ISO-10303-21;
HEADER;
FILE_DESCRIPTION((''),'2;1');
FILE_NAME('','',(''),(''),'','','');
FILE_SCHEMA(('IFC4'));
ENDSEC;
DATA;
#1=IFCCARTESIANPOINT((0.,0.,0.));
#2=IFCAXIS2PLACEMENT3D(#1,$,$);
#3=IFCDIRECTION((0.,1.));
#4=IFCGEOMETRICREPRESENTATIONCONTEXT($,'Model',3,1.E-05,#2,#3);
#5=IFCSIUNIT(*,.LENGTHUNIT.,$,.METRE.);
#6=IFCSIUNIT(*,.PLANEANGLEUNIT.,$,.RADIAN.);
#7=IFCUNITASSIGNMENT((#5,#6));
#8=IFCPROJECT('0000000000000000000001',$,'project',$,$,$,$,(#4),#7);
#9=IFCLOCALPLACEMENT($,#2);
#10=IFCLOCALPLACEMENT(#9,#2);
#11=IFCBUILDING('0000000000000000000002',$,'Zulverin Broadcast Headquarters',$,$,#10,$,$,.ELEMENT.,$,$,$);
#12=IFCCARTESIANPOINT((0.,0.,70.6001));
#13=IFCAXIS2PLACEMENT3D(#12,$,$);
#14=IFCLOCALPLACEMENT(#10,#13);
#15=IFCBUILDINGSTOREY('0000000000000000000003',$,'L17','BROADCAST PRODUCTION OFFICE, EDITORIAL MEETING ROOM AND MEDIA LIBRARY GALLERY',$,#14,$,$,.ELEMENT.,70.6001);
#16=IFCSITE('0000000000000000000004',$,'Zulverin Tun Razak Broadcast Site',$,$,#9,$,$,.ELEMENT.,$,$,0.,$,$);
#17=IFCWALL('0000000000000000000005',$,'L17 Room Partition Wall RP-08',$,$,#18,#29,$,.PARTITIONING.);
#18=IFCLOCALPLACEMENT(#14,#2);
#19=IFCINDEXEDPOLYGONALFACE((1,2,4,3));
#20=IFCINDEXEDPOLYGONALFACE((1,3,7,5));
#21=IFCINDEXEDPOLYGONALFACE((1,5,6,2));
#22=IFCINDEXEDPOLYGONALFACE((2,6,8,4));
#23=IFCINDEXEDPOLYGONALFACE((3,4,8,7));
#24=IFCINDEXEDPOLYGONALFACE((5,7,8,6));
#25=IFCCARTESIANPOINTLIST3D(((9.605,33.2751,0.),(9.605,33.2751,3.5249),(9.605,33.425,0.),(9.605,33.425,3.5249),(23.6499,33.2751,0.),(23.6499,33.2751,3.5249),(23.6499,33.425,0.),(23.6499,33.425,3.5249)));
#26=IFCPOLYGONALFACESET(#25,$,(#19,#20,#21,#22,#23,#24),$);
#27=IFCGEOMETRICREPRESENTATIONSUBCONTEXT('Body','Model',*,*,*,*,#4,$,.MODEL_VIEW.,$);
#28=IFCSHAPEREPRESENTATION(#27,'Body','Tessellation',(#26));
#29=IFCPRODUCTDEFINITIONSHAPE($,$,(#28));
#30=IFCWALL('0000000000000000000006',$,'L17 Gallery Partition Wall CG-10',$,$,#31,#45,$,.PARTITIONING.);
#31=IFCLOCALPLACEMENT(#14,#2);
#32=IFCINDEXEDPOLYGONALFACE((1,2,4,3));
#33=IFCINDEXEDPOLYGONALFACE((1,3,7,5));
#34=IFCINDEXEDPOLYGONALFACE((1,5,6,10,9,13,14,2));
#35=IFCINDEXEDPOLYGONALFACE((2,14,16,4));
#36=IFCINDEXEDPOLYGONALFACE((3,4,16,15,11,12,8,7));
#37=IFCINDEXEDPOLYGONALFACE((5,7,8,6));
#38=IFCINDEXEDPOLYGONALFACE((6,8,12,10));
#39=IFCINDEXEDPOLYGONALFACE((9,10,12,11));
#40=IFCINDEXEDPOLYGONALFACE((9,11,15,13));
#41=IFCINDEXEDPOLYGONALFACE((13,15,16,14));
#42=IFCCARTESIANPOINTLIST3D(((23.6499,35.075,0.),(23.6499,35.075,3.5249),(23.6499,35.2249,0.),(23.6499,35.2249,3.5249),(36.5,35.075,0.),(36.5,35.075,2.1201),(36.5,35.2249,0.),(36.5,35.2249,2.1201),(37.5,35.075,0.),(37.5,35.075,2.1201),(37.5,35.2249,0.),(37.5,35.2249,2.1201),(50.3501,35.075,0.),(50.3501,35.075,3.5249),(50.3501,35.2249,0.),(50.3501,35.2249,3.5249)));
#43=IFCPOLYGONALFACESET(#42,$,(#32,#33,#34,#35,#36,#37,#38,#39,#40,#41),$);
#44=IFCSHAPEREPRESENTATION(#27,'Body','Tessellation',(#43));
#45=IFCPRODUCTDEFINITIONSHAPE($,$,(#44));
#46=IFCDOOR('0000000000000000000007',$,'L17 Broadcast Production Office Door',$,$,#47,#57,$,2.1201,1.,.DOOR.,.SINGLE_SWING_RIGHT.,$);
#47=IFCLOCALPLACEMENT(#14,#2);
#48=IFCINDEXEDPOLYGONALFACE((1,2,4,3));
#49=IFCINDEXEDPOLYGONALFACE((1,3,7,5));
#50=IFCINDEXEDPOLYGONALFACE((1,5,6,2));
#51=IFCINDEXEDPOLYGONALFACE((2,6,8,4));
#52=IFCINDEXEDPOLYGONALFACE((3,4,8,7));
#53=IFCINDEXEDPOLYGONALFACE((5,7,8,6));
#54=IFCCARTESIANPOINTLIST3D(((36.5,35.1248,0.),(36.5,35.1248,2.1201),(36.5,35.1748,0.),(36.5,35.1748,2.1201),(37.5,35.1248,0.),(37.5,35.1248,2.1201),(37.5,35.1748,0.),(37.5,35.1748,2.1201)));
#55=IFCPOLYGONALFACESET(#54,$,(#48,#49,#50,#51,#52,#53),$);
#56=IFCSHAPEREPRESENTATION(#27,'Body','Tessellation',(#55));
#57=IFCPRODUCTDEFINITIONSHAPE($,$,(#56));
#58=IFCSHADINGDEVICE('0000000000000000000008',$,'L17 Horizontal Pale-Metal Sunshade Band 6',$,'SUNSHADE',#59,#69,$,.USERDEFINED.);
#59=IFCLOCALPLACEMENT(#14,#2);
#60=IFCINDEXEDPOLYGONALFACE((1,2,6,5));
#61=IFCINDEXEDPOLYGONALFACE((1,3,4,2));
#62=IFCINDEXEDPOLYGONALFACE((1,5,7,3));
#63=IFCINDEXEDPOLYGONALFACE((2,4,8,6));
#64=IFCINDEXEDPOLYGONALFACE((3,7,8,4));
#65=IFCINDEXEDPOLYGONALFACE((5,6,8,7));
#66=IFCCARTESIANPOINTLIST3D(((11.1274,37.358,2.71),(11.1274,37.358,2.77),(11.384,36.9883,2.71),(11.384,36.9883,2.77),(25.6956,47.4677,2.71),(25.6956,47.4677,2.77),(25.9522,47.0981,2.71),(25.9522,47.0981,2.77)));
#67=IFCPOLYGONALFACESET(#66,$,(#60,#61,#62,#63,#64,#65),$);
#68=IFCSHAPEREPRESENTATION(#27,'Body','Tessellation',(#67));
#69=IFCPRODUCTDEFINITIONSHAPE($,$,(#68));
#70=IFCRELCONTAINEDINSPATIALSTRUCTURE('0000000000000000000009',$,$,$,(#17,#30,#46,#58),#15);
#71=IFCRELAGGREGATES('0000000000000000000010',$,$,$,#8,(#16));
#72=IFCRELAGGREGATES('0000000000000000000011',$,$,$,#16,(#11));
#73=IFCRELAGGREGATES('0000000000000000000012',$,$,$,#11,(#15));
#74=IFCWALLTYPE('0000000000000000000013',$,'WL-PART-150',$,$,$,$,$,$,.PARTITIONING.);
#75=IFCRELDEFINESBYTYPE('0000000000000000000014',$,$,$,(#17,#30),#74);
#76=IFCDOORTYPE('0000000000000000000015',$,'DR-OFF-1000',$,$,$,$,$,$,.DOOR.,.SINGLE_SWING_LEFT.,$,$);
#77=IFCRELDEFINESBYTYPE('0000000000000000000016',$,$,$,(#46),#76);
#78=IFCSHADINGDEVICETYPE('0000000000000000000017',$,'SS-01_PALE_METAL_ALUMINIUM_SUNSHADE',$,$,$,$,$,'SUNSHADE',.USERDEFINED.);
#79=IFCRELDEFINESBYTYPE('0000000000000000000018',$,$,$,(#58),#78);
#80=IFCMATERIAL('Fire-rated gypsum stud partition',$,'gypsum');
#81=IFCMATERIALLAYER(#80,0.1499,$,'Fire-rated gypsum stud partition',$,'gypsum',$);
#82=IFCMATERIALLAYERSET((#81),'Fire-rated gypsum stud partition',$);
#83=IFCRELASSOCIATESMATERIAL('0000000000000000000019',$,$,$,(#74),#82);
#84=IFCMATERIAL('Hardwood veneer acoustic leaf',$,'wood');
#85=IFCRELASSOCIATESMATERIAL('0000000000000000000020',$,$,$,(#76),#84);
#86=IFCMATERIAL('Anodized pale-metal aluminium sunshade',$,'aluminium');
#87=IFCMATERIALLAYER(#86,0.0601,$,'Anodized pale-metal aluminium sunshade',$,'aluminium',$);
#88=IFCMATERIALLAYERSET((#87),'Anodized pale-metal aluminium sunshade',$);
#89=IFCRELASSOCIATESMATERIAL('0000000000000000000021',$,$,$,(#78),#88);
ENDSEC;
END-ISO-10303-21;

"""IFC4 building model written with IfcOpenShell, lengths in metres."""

from ifc_helpers import new_model, si_unit, direction, frame, frame_2d, origin, origin_2d, place, context, subcontext, project, spatial, rectangle, extrude, material, layer, layer_set, type_object, element, fill, save


model = new_model("IFC4")

# Units and contexts
model_context = context("Model", 3, precision=1e-05, world=origin(), true_north=direction((0.0, 1.0)))
body_context = subcontext(model_context, "Body", "Model", "MODEL_VIEW")
ifc_project = project(units=[si_unit("LENGTHUNIT", "METRE"), si_unit("PLANEANGLEUNIT", "RADIAN")], contexts=[model_context])

# Site, building, storey
site_placement = place(None, origin())
site = spatial("IfcSite", under=ifc_project, at=site_placement, Name="Zulverin Tun Razak Broadcast Site", CompositionType="ELEMENT", RefElevation=0.0)
building_placement = place(site_placement, origin())
building = spatial("IfcBuilding", under=site, at=building_placement, Name="Zulverin Broadcast Headquarters", CompositionType="ELEMENT")
storey_placement = place(building_placement, frame((0.0, 0.0, 70.6001)))
storey = spatial("IfcBuildingStorey", under=building, at=storey_placement, Name="L17", Description="BROADCAST PRODUCTION OFFICE, EDITORIAL MEETING ROOM AND MEDIA LIBRARY GALLERY", CompositionType="ELEMENT", Elevation=70.6001)

# Wall
ifc_material_1 = material(Name="Fire-rated gypsum stud partition", Category="gypsum")
ifc_layer_1 = layer(ifc_material_1, 0.1499, Name="Fire-rated gypsum stud partition", Category="gypsum")
ifc_layer_set_1 = layer_set([ifc_layer_1], Name="Fire-rated gypsum stud partition")
wall_type_1 = type_object("IfcWallType", Name="WL-PART-150", PredefinedType="PARTITIONING", material=ifc_layer_set_1)
wall_1_placement = place(storey_placement, frame((9.605, 33.3501, 0.0), z_axis=(0.0, 0.0, 1.0), x_axis=(1.0, 0.0, 0.0)))
element("IfcWall", 1, at=wall_1_placement, inside=storey, type_object=wall_type_1, Name="L17 Room Partition Wall RP-08", PredefinedType="PARTITIONING", context=body_context, shape_type="SweptSolid", body=[
    extrude(rectangle(XDim=14.0449, YDim=0.1499, at=frame_2d((7.0225, 0.0))), origin(), (0.0, 0.0, 1.0), 3.5249),
])

# Wall, opening, door
wall_2_placement = place(storey_placement, frame((23.6499, 35.1499, 0.0), z_axis=(0.0, 0.0, 1.0), x_axis=(1.0, 0.0, 0.0)))
wall_2 = element("IfcWall", 2, at=wall_2_placement, inside=storey, type_object=wall_type_1, Name="L17 Gallery Partition Wall CG-10", PredefinedType="PARTITIONING", context=body_context, shape_type="SweptSolid", body=[
    extrude(rectangle(XDim=26.7002, YDim=0.1499, at=frame_2d((13.3501, 0.0))), origin(), (0.0, 0.0, 1.0), 3.5249),
])
opening_1_placement = place(wall_2_placement, frame((12.8501, 0.0, 0.0)))
opening_1 = element("IfcOpeningElement", 3, at=opening_1_placement, cuts=wall_2, PredefinedType="OPENING", context=body_context, shape_type="SweptSolid", body=[
    extrude(rectangle(XDim=1.0, YDim=2.1201, at=frame_2d((0.5, 1.0601))), frame((0.0, 0.085, 0.0), z_axis=(0.0, -1.0, 0.0), x_axis=(1.0, 0.0, 0.0)), (0.0, 0.0, 1.0), 0.1699),
])
ifc_material_2 = material(Name="Hardwood veneer acoustic leaf", Category="wood")
door_type_1 = type_object("IfcDoorType", Name="DR-OFF-1000", OperationType="SINGLE_SWING_LEFT", PredefinedType="DOOR", material=ifc_material_2)
door_1_placement = place(opening_1_placement, origin())
door_1 = element("IfcDoor", 4, at=door_1_placement, inside=storey, type_object=door_type_1, Name="L17 Broadcast Production Office Door", OperationType="SINGLE_SWING_RIGHT", OverallHeight=2.1201, OverallWidth=1.0, PredefinedType="DOOR", context=body_context, shape_type="SweptSolid", body=[
    extrude(rectangle(XDim=1.0, YDim=2.1201, at=frame_2d((0.5, 1.0601))), frame((0.0, 0.0249, 0.0), z_axis=(0.0, -1.0, 0.0), x_axis=(1.0, 0.0, 0.0)), (0.0, 0.0, 1.0), 0.05),
])
fill(opening_1, door_1)

# Shading device
ifc_material_3 = material(Name="Anodized pale-metal aluminium sunshade", Category="aluminium")
ifc_layer_2 = layer(ifc_material_3, 0.0601, Name="Anodized pale-metal aluminium sunshade", Category="aluminium")
ifc_layer_set_2 = layer_set([ifc_layer_2], Name="Anodized pale-metal aluminium sunshade")
shading_device_type = type_object("IfcShadingDeviceType", Name="SS-01_PALE_METAL_ALUMINIUM_SUNSHADE", ElementType="SUNSHADE", PredefinedType="USERDEFINED", material=ifc_layer_set_2)
shading_device_placement = place(storey_placement, frame((18.5398, 42.228, 2.71), z_axis=(0.0, 0.0, 1.0), x_axis=(-0.821556, -0.570127, 0.0)))
element("IfcShadingDevice", 5, at=shading_device_placement, inside=storey, type_object=shading_device_type, Name="L17 Horizontal Pale-Metal Sunshade Band 6", ObjectType="SUNSHADE", PredefinedType="USERDEFINED", context=body_context, shape_type="SweptSolid", body=[
    extrude(rectangle(XDim=17.7324, YDim=0.45, at=origin_2d()), origin(), (0.0, 0.0, 1.0), 0.0601),
])

save(model, "model.ifc")
